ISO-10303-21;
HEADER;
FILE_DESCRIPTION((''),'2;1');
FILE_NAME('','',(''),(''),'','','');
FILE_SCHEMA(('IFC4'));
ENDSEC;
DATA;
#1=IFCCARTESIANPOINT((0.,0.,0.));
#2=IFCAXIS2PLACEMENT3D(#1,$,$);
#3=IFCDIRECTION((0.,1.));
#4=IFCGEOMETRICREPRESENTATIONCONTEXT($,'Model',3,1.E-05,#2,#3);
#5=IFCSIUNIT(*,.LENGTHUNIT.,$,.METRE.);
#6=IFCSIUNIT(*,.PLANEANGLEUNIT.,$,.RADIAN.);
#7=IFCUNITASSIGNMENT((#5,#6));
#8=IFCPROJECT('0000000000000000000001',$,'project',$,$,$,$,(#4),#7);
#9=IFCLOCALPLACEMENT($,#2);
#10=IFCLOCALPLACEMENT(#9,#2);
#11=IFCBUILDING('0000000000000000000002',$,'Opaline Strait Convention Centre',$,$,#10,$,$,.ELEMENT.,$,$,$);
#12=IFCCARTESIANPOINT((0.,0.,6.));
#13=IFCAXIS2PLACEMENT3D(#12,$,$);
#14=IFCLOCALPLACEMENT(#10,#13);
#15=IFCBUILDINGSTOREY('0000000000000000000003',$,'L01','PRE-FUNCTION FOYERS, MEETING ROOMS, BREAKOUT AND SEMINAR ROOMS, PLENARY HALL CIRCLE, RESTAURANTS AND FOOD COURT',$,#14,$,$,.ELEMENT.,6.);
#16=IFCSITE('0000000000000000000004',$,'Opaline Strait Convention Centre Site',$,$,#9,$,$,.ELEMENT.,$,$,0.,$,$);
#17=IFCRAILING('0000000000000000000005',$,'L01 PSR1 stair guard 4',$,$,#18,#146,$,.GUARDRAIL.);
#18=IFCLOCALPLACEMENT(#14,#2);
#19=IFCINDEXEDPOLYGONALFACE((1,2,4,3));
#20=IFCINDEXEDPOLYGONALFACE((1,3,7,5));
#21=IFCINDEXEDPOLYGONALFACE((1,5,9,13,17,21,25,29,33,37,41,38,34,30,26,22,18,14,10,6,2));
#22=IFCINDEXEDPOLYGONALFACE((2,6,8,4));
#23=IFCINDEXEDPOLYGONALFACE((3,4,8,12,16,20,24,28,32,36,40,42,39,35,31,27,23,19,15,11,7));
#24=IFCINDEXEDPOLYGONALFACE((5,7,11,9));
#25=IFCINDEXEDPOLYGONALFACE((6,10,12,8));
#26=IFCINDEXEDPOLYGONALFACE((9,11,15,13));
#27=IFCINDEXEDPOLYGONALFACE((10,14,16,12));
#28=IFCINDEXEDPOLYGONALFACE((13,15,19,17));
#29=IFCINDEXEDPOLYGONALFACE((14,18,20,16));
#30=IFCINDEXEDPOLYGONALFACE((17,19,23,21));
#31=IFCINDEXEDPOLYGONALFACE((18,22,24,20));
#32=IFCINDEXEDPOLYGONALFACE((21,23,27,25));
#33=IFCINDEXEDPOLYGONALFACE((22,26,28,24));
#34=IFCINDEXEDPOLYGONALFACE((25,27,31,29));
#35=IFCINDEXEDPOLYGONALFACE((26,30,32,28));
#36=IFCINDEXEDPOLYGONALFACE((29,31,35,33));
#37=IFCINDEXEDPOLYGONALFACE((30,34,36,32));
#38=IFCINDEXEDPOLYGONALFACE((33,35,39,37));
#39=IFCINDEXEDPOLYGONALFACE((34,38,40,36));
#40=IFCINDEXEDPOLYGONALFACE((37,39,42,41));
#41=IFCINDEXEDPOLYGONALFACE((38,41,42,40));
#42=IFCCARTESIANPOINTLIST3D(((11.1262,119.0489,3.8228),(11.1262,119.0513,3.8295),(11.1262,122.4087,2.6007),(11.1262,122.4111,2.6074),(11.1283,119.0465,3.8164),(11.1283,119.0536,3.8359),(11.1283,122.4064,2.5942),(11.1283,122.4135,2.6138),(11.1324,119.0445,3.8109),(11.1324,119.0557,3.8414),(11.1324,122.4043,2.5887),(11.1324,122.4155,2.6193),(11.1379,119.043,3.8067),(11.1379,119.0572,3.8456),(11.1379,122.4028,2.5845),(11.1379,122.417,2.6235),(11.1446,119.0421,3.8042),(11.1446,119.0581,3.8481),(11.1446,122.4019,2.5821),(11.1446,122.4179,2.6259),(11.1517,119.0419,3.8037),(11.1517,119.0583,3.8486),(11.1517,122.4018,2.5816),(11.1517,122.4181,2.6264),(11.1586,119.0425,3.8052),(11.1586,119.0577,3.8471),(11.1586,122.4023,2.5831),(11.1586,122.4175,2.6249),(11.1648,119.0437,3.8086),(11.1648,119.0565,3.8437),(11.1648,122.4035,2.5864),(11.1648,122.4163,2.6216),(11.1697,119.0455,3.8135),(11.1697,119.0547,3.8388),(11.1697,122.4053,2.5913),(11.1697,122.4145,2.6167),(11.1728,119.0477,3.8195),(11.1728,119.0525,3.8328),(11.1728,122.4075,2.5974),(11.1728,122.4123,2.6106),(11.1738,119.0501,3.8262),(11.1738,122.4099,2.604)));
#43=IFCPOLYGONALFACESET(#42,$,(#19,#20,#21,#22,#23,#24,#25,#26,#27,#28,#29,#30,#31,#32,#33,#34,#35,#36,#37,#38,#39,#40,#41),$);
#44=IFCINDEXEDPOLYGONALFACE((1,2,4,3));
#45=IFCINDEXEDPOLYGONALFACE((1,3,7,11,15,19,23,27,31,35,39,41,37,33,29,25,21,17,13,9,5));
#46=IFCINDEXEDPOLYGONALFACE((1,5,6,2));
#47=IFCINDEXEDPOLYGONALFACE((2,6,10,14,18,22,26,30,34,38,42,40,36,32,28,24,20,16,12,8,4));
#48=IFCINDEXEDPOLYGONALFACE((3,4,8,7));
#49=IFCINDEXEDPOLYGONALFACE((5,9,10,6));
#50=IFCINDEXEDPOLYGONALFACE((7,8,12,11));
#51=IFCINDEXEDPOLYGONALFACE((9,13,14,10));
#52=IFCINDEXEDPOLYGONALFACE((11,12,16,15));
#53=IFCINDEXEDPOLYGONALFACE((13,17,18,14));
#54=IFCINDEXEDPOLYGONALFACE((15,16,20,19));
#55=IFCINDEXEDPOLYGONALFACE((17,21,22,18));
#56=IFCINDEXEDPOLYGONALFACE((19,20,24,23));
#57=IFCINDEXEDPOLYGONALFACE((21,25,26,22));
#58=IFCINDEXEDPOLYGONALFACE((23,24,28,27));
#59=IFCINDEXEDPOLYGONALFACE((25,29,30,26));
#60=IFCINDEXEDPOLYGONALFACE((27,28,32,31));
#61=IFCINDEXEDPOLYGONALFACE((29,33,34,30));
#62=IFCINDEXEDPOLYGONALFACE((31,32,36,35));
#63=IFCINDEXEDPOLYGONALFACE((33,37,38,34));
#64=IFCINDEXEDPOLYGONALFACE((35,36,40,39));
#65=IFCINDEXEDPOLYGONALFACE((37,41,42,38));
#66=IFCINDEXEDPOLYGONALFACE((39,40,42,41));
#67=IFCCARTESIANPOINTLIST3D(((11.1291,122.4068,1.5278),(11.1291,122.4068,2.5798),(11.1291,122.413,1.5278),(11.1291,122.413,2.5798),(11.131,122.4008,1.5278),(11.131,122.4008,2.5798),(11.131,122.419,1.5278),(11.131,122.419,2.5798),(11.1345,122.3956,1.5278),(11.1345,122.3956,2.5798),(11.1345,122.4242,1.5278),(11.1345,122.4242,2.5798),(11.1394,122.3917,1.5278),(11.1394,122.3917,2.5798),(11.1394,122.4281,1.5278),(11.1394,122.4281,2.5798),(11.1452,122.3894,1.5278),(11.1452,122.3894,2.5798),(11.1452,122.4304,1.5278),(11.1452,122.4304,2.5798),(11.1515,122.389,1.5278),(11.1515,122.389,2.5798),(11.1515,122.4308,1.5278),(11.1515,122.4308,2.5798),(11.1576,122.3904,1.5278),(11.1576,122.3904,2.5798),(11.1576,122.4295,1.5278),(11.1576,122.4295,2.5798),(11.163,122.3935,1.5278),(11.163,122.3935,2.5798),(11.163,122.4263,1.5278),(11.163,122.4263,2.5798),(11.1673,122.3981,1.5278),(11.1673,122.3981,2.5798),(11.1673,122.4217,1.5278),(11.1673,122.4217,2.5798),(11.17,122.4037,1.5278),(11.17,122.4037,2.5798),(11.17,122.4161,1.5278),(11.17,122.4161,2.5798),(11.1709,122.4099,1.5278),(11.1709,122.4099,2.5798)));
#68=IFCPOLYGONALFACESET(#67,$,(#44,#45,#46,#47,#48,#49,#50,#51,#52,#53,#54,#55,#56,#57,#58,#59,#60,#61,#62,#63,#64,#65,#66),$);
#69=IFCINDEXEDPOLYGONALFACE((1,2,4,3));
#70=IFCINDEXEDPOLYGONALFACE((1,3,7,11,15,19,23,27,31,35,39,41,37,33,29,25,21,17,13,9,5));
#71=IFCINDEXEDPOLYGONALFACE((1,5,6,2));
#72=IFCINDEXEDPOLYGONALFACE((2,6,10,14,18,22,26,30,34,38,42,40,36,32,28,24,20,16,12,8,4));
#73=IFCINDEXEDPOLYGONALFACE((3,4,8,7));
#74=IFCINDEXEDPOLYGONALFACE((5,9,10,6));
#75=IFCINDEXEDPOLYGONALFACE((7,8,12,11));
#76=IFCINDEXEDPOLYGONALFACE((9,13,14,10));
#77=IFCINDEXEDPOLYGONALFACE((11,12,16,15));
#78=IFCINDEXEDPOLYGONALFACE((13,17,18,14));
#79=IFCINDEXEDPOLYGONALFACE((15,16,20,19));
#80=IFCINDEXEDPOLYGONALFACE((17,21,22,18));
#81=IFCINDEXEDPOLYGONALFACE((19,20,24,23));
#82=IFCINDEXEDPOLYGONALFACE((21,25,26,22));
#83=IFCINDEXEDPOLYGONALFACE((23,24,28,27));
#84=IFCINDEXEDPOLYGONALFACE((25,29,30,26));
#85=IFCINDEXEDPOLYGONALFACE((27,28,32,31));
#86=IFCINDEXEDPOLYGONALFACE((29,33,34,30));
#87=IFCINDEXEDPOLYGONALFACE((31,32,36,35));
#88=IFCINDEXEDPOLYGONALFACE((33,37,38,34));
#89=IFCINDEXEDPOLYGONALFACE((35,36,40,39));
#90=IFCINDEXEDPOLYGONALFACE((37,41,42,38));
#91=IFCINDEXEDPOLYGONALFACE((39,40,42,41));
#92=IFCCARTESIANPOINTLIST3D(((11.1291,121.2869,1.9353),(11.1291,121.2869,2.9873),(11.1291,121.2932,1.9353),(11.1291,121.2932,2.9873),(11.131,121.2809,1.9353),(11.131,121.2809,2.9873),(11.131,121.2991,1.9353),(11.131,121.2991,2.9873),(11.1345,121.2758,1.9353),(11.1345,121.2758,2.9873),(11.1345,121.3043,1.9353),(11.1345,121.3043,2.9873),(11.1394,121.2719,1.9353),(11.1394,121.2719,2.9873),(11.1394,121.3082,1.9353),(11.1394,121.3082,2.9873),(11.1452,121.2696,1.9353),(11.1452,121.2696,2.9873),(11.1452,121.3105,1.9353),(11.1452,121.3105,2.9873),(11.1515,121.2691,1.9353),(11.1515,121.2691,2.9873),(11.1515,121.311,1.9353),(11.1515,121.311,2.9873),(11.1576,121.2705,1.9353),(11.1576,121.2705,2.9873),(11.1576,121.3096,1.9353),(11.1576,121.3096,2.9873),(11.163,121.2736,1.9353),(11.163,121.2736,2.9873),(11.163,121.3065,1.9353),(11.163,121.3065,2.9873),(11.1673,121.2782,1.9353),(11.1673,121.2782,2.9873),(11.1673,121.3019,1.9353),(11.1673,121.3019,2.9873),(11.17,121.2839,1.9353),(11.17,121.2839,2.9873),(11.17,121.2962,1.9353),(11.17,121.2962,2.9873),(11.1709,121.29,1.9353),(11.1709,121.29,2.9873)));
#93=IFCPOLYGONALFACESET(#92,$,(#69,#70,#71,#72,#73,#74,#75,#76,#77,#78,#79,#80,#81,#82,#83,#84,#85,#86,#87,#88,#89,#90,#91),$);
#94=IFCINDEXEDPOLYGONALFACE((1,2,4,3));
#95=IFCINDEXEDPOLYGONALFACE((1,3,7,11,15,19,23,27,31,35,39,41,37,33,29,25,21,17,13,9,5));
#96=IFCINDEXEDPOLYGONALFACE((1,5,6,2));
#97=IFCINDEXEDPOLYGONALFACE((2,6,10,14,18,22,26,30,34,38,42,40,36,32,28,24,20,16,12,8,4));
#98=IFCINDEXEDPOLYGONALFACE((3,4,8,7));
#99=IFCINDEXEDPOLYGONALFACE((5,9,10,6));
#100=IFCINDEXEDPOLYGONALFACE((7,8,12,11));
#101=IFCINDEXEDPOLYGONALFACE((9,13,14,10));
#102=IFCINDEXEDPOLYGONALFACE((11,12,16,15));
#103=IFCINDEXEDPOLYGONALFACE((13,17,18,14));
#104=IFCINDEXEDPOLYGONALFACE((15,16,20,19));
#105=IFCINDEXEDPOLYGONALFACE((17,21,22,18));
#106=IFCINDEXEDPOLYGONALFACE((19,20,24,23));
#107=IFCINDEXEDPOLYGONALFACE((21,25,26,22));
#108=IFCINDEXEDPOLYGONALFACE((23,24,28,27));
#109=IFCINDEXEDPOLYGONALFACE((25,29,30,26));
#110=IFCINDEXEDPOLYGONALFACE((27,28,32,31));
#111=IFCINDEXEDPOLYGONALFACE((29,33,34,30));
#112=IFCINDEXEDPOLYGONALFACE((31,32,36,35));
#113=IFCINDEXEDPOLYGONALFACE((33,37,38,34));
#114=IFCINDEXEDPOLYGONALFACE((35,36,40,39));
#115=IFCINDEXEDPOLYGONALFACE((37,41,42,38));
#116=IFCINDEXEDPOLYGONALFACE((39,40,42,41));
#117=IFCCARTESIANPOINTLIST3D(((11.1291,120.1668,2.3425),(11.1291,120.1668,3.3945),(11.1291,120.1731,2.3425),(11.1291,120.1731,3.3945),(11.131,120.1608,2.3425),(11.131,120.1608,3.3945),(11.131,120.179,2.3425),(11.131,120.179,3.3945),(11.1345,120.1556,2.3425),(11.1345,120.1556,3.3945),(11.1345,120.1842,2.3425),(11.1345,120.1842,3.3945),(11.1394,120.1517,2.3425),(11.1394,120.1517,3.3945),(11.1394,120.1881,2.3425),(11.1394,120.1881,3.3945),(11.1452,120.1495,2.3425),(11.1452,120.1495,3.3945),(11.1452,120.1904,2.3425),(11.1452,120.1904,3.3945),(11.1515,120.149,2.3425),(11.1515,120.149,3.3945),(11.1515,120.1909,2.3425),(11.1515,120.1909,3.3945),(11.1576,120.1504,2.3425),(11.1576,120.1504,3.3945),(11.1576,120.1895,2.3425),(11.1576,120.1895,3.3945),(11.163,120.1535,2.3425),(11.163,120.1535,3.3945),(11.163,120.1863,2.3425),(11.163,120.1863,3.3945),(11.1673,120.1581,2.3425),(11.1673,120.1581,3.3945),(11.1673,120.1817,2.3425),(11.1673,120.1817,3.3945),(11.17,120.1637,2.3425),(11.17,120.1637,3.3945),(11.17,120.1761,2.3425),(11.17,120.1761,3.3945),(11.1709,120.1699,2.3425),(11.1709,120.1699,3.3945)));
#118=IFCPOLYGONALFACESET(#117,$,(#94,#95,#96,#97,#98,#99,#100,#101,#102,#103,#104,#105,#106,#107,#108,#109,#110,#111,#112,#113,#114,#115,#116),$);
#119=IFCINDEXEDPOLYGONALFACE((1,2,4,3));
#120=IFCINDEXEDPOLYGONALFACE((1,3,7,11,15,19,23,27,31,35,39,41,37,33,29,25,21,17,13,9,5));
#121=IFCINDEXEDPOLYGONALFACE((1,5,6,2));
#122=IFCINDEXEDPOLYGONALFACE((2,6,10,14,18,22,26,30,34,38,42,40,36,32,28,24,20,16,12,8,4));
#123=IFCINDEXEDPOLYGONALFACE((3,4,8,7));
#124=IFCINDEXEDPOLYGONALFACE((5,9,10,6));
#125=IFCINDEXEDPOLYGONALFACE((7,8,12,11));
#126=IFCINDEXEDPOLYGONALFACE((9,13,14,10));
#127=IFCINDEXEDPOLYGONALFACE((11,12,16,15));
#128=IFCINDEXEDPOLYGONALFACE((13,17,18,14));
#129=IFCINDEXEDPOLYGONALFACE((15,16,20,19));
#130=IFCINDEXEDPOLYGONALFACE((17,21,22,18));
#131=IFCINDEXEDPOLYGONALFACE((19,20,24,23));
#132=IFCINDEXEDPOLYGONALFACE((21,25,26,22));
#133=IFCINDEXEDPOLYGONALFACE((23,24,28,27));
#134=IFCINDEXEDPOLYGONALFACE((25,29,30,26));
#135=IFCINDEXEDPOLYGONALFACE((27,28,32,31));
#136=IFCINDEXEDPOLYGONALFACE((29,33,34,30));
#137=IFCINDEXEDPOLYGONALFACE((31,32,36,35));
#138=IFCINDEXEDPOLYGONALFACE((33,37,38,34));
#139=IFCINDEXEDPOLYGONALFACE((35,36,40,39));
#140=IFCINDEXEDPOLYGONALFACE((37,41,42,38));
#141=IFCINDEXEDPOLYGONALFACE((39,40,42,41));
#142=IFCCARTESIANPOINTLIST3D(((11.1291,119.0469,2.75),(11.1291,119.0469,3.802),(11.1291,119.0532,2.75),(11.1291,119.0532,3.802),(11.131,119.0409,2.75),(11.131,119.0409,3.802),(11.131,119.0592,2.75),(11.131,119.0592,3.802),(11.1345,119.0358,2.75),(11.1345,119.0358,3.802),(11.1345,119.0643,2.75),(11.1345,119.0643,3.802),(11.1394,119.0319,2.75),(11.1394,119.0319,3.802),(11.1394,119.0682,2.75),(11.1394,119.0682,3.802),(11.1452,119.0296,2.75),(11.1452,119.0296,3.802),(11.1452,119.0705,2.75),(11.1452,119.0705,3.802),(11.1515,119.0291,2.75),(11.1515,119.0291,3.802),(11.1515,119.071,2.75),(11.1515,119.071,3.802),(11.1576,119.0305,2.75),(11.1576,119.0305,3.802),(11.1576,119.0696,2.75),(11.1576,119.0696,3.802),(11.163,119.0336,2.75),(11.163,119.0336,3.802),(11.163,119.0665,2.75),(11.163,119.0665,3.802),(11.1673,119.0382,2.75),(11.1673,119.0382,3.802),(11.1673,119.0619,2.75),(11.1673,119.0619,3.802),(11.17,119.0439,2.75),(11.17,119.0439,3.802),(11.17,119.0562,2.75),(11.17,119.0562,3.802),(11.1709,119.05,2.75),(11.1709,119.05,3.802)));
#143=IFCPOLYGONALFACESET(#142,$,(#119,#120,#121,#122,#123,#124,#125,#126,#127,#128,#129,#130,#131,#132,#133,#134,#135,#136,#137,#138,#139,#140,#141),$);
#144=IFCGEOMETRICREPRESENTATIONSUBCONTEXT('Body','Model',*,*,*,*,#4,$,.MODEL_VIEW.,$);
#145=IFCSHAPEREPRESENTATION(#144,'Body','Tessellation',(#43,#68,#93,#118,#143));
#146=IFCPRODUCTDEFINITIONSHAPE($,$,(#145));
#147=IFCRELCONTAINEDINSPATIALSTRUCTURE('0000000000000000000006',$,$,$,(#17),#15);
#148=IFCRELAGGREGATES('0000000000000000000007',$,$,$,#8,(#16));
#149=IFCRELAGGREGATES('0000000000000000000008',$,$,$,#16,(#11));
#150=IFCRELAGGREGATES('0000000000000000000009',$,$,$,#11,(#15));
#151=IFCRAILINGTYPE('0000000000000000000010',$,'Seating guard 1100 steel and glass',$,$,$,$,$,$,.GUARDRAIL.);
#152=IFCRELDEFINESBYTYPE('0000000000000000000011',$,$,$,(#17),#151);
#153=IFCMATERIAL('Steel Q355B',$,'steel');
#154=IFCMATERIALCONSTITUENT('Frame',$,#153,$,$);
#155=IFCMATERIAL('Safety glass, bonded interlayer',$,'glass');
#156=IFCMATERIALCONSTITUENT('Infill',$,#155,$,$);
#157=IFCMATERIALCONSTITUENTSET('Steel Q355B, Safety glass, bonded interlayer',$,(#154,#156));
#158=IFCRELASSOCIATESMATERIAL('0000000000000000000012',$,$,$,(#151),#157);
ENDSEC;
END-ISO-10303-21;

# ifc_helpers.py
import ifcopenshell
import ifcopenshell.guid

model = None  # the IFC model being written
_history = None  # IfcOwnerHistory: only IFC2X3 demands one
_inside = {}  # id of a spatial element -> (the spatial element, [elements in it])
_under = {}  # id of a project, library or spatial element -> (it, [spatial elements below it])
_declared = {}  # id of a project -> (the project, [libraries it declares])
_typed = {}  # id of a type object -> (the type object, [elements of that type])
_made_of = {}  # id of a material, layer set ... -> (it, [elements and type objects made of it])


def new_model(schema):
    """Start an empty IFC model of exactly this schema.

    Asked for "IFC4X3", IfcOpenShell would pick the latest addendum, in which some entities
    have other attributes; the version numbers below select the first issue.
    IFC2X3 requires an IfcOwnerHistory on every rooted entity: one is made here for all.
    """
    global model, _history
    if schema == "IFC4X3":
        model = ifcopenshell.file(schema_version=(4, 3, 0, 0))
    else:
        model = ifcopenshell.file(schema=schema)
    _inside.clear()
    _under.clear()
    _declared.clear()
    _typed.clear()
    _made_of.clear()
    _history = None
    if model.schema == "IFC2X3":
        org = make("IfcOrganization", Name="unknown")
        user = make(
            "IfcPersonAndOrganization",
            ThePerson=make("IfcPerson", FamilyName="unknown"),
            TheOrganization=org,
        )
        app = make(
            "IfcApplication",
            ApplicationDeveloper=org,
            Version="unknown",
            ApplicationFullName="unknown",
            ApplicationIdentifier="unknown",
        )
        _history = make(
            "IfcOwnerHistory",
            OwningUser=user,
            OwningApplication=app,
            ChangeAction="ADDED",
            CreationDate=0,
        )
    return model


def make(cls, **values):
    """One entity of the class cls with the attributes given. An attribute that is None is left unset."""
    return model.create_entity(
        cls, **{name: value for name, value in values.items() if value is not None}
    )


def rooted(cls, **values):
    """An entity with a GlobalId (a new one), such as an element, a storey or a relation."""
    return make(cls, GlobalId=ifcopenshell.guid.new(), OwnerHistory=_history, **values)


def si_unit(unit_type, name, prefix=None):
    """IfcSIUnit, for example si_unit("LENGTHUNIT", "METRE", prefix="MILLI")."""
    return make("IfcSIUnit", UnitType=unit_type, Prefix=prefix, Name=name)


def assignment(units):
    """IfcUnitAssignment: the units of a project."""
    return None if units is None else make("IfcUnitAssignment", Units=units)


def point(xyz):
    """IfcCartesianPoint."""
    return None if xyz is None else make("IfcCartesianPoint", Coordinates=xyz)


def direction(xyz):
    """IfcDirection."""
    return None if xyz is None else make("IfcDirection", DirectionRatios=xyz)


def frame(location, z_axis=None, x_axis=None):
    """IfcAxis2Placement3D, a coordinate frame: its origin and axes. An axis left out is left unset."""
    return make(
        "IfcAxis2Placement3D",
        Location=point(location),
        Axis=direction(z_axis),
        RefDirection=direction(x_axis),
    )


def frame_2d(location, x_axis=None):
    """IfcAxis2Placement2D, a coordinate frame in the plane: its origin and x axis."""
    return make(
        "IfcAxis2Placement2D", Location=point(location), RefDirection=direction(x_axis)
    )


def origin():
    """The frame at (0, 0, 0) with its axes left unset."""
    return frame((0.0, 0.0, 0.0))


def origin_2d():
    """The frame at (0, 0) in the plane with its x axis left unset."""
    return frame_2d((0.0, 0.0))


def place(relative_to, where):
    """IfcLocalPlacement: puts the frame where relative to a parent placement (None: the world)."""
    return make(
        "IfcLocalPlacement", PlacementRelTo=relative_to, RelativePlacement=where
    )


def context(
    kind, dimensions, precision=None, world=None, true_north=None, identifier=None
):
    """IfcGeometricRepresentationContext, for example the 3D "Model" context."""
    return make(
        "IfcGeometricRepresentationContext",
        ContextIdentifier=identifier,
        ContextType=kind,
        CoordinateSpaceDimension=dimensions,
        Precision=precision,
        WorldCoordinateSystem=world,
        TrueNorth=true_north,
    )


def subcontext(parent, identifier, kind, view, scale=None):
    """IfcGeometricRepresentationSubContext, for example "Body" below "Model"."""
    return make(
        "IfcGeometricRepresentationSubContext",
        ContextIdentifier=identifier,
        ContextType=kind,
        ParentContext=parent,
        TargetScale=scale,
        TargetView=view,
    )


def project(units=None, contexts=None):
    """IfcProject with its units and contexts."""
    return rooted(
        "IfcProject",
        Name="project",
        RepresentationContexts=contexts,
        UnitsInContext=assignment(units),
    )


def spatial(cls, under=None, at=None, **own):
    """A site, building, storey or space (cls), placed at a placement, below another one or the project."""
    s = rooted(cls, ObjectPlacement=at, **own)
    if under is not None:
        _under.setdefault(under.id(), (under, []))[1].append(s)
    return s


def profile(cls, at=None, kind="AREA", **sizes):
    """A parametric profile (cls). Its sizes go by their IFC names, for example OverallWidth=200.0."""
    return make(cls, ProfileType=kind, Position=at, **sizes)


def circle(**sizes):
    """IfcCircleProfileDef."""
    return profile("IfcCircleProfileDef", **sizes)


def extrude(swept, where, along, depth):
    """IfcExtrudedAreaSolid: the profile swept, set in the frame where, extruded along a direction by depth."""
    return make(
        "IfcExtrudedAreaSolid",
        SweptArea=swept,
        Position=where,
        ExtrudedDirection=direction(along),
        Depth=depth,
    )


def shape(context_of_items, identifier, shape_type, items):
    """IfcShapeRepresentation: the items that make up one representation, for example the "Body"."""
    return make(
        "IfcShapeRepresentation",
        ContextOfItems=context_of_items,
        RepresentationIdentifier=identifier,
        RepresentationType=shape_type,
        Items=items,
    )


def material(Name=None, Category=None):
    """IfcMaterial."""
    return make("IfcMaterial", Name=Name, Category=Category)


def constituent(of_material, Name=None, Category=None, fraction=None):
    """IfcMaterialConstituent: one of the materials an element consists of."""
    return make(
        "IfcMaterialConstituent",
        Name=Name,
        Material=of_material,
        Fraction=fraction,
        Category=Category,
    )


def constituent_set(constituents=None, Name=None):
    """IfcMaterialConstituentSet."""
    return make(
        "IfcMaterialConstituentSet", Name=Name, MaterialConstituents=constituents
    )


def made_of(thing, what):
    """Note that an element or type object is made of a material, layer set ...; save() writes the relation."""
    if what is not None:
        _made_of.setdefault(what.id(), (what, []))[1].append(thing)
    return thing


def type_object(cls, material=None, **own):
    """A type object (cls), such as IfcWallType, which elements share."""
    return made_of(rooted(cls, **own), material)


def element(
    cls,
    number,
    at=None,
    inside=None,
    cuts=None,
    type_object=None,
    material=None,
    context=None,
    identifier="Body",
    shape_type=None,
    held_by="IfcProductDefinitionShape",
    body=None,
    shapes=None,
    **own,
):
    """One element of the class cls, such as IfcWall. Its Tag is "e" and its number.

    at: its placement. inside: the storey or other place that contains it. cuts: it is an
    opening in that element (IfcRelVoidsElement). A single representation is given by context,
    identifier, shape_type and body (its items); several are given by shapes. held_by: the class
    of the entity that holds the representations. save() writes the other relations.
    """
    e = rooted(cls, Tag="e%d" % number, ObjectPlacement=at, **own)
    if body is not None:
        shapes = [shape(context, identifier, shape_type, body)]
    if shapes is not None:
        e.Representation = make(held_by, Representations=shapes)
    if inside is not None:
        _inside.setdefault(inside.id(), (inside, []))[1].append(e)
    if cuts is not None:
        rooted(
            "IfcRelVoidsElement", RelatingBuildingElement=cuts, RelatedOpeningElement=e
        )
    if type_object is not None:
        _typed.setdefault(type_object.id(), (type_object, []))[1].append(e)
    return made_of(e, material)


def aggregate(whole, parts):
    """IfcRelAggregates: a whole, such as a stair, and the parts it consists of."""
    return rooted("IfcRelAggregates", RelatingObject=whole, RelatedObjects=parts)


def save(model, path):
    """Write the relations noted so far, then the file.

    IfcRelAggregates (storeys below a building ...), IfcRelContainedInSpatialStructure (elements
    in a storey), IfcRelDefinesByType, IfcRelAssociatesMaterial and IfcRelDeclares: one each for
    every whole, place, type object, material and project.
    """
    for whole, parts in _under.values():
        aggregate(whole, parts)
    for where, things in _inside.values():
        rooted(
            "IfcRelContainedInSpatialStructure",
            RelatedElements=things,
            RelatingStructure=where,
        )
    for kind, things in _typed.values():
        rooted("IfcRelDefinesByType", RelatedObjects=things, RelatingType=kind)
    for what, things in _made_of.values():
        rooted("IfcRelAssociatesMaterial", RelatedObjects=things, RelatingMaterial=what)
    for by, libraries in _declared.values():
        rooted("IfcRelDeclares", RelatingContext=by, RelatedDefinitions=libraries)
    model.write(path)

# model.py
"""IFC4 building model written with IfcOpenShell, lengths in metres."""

from ifc_helpers import new_model, si_unit, direction, frame, origin, origin_2d, place, context, subcontext, project, spatial, circle, extrude, material, constituent, constituent_set, type_object, element, save


model = new_model("IFC4")

# Units and contexts
model_context = context("Model", 3, precision=1e-05, world=origin(), true_north=direction((0.0, 1.0)))
body_context = subcontext(model_context, "Body", "Model", "MODEL_VIEW")
ifc_project = project(units=[si_unit("LENGTHUNIT", "METRE"), si_unit("PLANEANGLEUNIT", "RADIAN")], contexts=[model_context])

# Site, building, storey
site_placement = place(None, origin())
site = spatial("IfcSite", under=ifc_project, at=site_placement, Name="Opaline Strait Convention Centre Site", CompositionType="ELEMENT", RefElevation=0.0)
building_placement = place(site_placement, origin())
building = spatial("IfcBuilding", under=site, at=building_placement, Name="Opaline Strait Convention Centre", CompositionType="ELEMENT")
storey_placement = place(building_placement, frame((0.0, 0.0, 6.0)))
storey = spatial("IfcBuildingStorey", under=building, at=storey_placement, Name="L01", Description="PRE-FUNCTION FOYERS, MEETING ROOMS, BREAKOUT AND SEMINAR ROOMS, PLENARY HALL CIRCLE, RESTAURANTS AND FOOD COURT", CompositionType="ELEMENT", Elevation=6.0)

# Railing
ifc_material_1 = material(Name="Steel Q355B", Category="steel")
ifc_constituent_1 = constituent(ifc_material_1, Name="Frame")
ifc_material_2 = material(Name="Safety glass, bonded interlayer", Category="glass")
ifc_constituent_2 = constituent(ifc_material_2, Name="Infill")
ifc_constituent_set = constituent_set(constituents=[ifc_constituent_1, ifc_constituent_2], Name="Steel Q355B, Safety glass, bonded interlayer")
railing_type_1 = type_object("IfcRailingType", Name="Seating guard 1100 steel and glass", PredefinedType="GUARDRAIL", material=ifc_constituent_set)
railing_1_placement = place(storey_placement, frame((11.1499, 122.4099, 1.5278)))
element("IfcRailing", 1, at=railing_1_placement, inside=storey, type_object=railing_type_1, Name="L01 PSR1 stair guard 4", PredefinedType="GUARDRAIL", context=body_context, shape_type="SweptSolid", body=[
    extrude(circle(Radius=0.0239, at=origin_2d()), frame((0.0, 0.0, 1.0762), z_axis=(0.0, -0.939758, 0.341842), x_axis=(1.0, 0.0, 0.0)), (0.0, 0.0, 1.0), 3.5752),
    extrude(circle(Radius=0.021, at=origin_2d()), origin(), (0.0, 0.0, 1.0), 1.052),
    extrude(circle(Radius=0.021, at=origin_2d()), frame((0.0, -1.1199, 0.4075)), (0.0, 0.0, 1.0), 1.052),
    extrude(circle(Radius=0.021, at=origin_2d()), frame((0.0, -2.24, 0.8147)), (0.0, 0.0, 1.0), 1.052),
    extrude(circle(Radius=0.021, at=origin_2d()), frame((0.0, -3.3599, 1.2222)), (0.0, 0.0, 1.0), 1.052),
])

save(model, "model.ifc")
